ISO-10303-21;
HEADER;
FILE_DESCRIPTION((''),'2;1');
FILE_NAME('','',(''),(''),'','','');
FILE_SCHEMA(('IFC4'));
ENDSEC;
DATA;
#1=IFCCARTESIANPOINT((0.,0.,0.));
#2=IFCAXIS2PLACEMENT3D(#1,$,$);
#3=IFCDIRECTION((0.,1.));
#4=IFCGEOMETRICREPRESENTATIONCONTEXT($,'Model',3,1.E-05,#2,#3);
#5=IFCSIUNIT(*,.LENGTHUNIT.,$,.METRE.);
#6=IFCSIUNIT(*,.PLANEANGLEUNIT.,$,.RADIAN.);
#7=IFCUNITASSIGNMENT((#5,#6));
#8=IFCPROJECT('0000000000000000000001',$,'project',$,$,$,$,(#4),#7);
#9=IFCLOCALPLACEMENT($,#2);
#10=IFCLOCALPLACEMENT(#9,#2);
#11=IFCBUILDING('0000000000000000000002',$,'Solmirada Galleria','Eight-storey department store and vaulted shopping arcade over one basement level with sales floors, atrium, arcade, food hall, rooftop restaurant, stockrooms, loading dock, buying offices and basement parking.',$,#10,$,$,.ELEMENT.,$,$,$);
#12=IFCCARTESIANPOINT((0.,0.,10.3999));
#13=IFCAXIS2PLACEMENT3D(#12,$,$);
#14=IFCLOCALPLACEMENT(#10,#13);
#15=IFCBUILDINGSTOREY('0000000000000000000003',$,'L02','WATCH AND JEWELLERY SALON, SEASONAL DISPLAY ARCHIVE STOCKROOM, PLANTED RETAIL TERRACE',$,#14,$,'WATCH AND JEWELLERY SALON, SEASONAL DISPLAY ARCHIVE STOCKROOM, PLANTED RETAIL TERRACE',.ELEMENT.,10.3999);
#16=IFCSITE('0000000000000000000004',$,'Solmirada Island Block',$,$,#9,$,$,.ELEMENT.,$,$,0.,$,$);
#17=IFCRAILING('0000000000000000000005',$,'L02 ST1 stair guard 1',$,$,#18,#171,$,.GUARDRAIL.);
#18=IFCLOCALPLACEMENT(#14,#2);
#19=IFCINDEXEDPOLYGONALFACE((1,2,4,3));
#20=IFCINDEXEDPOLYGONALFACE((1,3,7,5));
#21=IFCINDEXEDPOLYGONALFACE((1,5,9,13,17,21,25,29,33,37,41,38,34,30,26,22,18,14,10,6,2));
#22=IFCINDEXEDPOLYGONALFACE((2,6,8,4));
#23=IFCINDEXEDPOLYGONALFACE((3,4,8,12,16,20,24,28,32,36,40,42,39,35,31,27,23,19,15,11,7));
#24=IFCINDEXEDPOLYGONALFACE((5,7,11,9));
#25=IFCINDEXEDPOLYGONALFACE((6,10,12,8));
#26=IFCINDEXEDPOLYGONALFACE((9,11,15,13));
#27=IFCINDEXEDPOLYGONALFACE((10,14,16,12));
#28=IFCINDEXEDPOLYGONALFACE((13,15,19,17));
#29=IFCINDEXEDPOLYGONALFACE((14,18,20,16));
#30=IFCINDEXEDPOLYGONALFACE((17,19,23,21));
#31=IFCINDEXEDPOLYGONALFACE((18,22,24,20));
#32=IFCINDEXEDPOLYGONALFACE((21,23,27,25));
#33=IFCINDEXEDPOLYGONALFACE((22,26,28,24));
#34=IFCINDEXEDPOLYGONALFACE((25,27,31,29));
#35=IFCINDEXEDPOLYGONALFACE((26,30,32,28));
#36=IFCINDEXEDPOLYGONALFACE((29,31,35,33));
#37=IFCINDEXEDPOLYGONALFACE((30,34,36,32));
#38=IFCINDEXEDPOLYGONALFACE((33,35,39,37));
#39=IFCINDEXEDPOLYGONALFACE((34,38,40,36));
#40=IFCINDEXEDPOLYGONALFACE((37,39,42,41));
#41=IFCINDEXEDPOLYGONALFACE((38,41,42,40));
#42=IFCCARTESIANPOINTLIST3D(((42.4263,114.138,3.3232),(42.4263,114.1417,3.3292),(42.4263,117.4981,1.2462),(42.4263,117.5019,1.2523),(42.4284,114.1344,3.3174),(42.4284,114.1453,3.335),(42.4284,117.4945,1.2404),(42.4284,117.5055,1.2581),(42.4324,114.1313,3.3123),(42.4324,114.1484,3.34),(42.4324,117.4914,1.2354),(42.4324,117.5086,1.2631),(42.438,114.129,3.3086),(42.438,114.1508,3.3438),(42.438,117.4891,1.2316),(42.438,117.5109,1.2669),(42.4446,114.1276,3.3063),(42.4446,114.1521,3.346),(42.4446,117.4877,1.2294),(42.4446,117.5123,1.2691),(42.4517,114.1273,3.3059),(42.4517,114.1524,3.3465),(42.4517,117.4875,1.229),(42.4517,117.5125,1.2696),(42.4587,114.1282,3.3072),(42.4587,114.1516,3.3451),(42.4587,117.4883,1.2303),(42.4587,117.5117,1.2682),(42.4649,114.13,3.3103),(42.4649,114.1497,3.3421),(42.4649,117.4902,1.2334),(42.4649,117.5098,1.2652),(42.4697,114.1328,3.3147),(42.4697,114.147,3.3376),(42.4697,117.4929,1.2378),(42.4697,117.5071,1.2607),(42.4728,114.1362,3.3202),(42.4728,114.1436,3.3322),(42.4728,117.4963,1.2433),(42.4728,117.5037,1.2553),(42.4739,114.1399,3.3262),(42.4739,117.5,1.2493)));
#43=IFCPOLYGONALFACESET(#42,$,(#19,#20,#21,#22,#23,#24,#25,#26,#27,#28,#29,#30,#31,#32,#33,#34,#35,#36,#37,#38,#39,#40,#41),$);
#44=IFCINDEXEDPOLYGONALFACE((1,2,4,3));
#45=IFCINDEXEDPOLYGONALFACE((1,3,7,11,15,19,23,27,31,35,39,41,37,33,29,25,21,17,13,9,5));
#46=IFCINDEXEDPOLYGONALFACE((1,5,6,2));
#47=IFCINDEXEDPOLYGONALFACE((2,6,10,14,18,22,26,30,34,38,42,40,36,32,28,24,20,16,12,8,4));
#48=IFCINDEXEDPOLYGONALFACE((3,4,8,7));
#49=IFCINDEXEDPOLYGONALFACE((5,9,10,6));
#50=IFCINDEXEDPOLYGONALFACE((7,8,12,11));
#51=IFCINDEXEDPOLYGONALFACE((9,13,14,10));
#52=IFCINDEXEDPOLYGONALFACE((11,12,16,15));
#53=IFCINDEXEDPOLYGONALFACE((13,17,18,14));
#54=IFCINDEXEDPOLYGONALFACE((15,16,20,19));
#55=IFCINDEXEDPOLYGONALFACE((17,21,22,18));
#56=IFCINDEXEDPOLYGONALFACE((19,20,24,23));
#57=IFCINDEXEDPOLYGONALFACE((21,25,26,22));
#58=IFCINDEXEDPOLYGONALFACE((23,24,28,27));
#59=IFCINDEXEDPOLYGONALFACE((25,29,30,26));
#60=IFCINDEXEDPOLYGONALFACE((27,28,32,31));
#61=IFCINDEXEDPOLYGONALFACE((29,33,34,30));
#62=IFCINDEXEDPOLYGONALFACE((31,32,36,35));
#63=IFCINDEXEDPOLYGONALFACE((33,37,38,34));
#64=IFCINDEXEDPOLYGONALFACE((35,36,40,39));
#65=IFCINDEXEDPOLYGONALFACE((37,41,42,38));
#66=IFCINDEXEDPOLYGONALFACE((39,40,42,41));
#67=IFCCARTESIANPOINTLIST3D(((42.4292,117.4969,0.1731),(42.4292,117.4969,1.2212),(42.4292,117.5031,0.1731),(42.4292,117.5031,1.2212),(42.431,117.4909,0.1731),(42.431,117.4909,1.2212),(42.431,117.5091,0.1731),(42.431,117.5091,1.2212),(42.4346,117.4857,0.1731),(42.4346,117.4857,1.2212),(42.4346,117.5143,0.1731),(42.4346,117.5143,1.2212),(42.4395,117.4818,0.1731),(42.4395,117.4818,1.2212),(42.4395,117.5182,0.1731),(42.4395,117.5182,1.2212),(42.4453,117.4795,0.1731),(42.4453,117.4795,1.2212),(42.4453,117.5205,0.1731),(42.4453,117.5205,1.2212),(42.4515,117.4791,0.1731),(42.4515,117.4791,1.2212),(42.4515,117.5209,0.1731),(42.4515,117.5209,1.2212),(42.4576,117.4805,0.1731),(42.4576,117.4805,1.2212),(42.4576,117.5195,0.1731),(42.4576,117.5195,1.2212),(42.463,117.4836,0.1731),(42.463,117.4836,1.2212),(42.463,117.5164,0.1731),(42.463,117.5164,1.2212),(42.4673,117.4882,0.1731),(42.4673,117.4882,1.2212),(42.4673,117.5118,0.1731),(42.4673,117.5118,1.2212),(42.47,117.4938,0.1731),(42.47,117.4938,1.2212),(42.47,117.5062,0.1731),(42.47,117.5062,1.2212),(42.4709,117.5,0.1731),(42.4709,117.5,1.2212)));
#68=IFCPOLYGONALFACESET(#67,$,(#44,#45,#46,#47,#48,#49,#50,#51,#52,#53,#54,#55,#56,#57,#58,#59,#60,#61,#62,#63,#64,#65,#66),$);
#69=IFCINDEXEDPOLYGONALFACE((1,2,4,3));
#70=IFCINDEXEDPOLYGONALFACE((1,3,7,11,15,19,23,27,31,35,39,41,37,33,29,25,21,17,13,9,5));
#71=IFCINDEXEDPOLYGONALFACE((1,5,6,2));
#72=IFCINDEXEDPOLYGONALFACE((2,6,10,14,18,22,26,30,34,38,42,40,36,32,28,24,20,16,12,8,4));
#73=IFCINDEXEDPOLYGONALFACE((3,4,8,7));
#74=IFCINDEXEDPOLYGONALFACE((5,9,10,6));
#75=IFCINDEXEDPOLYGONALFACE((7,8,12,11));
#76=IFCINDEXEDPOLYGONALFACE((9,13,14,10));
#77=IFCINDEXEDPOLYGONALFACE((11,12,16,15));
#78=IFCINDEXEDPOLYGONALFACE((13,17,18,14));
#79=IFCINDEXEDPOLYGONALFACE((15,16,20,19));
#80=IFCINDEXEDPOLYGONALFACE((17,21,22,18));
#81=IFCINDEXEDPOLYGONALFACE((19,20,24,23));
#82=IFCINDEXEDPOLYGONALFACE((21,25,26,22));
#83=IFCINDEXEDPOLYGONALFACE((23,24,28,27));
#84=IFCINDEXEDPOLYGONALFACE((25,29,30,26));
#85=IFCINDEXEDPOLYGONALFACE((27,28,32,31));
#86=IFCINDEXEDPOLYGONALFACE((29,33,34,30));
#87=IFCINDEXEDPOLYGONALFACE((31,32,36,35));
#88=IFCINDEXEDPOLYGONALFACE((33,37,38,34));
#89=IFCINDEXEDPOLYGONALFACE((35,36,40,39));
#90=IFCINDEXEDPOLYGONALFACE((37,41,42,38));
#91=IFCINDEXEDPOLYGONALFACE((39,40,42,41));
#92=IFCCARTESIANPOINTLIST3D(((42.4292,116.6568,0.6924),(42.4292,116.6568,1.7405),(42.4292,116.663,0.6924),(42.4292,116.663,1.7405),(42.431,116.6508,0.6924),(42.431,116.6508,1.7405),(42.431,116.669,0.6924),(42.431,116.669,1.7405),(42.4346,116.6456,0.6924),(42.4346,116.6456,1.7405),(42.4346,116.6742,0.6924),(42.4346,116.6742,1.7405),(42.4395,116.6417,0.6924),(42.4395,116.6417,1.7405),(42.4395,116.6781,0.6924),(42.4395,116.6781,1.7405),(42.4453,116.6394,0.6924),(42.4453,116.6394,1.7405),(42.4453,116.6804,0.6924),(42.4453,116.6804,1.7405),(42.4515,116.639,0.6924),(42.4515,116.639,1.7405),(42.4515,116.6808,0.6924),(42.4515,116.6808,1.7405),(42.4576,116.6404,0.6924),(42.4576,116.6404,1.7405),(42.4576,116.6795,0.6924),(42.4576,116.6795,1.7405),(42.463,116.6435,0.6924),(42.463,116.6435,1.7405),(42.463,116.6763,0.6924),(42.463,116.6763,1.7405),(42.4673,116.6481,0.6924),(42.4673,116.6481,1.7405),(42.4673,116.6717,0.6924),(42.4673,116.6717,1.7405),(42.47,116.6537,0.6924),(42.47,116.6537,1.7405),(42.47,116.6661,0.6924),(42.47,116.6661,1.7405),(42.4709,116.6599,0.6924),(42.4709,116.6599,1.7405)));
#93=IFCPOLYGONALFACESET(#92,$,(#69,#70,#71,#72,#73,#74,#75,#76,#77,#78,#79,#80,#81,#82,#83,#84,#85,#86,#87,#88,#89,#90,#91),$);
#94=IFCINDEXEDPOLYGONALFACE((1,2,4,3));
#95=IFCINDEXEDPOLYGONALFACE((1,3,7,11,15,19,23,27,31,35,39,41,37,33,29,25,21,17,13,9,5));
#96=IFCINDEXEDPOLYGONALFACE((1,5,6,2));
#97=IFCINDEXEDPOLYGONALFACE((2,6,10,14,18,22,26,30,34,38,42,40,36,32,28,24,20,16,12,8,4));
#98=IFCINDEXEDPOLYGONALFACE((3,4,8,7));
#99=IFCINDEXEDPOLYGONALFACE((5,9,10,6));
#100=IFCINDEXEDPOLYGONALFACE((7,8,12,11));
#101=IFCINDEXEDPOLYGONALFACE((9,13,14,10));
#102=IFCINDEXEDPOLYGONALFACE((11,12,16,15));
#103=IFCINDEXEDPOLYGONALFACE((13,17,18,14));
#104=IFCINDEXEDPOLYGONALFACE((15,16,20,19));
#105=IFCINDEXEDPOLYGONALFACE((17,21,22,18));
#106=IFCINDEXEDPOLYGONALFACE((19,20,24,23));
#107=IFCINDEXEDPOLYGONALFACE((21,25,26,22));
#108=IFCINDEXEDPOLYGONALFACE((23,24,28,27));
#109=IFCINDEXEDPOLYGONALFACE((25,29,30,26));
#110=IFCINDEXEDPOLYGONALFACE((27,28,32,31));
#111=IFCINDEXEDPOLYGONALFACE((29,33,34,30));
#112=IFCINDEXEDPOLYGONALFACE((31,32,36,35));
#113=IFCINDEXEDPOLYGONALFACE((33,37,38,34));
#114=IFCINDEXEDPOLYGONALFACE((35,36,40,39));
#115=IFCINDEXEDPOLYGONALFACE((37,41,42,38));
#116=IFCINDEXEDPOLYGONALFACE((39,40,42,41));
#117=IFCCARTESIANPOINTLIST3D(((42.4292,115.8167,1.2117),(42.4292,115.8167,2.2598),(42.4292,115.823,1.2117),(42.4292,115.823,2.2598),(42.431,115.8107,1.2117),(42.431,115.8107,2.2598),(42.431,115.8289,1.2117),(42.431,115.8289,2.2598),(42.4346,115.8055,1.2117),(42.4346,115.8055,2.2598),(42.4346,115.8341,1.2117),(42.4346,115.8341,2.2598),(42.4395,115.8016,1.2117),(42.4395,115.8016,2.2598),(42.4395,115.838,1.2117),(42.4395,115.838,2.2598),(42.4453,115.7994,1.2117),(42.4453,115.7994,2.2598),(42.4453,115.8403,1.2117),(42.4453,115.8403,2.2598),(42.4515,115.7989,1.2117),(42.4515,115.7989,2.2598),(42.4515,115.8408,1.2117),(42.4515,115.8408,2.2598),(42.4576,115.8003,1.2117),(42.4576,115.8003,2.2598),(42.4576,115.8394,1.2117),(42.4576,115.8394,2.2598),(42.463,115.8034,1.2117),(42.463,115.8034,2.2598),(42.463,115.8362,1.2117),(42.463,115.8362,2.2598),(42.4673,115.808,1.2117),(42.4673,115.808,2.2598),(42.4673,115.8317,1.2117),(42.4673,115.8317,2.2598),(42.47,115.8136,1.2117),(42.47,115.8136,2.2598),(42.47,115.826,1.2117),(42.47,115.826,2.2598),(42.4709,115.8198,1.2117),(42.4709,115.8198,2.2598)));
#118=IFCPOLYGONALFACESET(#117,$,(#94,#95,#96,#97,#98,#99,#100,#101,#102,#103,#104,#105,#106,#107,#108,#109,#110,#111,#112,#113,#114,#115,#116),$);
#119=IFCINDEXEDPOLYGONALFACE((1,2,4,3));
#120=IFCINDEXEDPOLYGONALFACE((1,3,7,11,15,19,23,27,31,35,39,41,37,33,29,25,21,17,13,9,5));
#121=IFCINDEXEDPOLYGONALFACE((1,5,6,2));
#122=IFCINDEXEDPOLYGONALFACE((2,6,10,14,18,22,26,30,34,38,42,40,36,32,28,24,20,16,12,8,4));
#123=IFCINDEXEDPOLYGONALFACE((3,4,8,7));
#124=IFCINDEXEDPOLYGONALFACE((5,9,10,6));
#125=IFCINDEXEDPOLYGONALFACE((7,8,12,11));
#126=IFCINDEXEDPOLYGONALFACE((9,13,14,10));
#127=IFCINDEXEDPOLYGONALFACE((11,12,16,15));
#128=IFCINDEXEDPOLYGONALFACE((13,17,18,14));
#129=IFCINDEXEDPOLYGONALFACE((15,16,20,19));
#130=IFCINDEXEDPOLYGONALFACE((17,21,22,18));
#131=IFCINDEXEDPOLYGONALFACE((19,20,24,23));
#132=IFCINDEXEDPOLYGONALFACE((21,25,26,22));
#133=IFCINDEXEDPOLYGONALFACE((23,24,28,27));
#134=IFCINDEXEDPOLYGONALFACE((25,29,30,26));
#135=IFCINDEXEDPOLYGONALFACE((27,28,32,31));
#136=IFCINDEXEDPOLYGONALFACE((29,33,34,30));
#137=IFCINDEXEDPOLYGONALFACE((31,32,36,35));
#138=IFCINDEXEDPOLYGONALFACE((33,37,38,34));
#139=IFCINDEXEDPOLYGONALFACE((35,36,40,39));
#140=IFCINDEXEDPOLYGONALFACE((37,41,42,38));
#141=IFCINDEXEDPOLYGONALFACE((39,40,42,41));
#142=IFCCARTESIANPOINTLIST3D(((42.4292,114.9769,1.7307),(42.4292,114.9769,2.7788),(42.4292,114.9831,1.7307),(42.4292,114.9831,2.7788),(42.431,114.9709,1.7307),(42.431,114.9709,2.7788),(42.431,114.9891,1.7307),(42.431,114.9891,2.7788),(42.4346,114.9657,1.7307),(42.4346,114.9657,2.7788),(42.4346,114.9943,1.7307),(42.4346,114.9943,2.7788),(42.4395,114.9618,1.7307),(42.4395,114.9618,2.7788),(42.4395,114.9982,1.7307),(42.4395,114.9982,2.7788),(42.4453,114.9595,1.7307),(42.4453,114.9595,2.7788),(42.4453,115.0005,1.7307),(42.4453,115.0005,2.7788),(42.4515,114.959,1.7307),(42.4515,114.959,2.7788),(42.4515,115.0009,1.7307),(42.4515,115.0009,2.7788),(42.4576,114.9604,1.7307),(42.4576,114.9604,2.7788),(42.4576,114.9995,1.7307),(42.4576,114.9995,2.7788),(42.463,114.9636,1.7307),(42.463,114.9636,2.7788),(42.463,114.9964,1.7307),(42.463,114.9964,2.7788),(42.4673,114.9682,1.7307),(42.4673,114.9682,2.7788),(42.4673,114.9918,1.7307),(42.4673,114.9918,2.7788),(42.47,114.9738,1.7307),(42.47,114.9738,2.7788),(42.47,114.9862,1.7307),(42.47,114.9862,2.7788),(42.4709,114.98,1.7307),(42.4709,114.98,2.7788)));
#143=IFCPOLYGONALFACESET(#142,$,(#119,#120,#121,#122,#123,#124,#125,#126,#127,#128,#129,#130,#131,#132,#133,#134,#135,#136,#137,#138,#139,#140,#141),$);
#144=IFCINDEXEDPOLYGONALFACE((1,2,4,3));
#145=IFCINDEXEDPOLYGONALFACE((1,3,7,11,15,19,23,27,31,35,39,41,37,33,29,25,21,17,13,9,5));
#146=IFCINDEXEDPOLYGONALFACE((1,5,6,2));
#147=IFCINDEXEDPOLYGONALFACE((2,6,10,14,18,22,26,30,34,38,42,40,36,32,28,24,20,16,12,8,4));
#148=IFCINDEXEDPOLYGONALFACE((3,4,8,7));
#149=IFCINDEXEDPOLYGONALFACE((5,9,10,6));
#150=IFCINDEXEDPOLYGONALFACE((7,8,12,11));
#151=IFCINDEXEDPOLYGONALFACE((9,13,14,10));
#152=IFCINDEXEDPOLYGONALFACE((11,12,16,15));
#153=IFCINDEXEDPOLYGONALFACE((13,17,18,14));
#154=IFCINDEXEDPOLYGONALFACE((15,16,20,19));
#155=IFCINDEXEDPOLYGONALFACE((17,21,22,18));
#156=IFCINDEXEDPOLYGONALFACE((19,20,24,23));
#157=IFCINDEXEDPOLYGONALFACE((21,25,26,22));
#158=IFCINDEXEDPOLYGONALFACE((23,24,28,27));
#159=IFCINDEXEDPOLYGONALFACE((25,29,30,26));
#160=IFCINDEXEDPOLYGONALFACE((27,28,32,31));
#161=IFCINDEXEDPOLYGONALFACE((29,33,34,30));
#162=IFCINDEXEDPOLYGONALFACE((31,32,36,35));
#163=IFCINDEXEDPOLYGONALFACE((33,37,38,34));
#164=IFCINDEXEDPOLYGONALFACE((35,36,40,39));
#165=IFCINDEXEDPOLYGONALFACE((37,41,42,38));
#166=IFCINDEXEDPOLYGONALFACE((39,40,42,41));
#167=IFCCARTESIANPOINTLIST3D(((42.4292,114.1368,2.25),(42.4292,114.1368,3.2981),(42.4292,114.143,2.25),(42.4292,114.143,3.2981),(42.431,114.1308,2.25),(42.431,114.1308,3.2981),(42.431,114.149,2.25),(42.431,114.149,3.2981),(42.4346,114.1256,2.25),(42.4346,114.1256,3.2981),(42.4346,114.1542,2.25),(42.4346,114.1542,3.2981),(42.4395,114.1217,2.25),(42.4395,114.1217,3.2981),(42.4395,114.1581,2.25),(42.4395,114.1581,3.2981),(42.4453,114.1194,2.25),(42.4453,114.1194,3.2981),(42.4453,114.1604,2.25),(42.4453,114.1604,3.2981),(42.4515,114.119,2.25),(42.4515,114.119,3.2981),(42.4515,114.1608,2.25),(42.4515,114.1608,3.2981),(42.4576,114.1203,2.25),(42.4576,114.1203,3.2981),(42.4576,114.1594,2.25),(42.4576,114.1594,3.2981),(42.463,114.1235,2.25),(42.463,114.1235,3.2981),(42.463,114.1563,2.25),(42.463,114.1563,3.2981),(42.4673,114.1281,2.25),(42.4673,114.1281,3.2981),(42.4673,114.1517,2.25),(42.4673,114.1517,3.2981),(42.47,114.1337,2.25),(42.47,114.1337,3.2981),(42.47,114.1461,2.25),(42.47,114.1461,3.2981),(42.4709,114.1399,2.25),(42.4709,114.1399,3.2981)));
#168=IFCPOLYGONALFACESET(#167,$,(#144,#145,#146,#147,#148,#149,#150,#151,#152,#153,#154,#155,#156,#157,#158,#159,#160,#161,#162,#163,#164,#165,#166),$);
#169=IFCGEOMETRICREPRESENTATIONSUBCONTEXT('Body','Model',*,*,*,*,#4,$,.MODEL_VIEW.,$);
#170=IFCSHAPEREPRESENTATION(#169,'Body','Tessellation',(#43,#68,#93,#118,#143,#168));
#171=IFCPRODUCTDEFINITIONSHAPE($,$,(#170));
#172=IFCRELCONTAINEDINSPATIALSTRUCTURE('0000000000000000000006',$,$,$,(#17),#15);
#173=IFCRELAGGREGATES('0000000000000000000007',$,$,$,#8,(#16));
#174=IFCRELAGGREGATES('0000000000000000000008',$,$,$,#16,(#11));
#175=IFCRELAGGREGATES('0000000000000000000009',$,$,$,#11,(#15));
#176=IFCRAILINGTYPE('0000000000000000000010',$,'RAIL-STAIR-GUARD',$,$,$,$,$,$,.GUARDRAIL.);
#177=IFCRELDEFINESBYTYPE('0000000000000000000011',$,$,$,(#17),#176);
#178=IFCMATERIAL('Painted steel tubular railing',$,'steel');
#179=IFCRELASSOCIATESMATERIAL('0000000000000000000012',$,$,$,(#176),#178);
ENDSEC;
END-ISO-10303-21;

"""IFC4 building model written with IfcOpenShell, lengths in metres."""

from ifc_helpers import new_model, si_unit, direction, frame, origin, origin_2d, place, context, subcontext, project, spatial, circle, extrude, material, type_object, element, save


model = new_model("IFC4")

# Units and contexts
model_context = context("Model", 3, precision=1e-05, world=origin(), true_north=direction((0.0, 1.0)))
body_context = subcontext(model_context, "Body", "Model", "MODEL_VIEW")
ifc_project = project(units=[si_unit("LENGTHUNIT", "METRE"), si_unit("PLANEANGLEUNIT", "RADIAN")], contexts=[model_context])

# Site, building, storey
site_placement = place(None, origin())
site = spatial("IfcSite", under=ifc_project, at=site_placement, Name="Solmirada Island Block", CompositionType="ELEMENT", RefElevation=0.0)
building_placement = place(site_placement, origin())
building = spatial("IfcBuilding", under=site, at=building_placement, Name="Solmirada Galleria", Description="Eight-storey department store and vaulted shopping arcade over one basement level with sales floors, atrium, arcade, food hall, rooftop restaurant, stockrooms, loading dock, buying offices and basement parking.", CompositionType="ELEMENT")
storey_placement = place(building_placement, frame((0.0, 0.0, 10.3999)))
storey = spatial("IfcBuildingStorey", under=building, at=storey_placement, Name="L02", Description="WATCH AND JEWELLERY SALON, SEASONAL DISPLAY ARCHIVE STOCKROOM, PLANTED RETAIL TERRACE", LongName="WATCH AND JEWELLERY SALON, SEASONAL DISPLAY ARCHIVE STOCKROOM, PLANTED RETAIL TERRACE", CompositionType="ELEMENT", Elevation=10.3999)

# Railing
ifc_material_1 = material(Name="Painted steel tubular railing", Category="steel")
railing_type_1 = type_object("IfcRailingType", Name="RAIL-STAIR-GUARD", PredefinedType="GUARDRAIL", material=ifc_material_1)
railing_1_placement = place(storey_placement, frame((42.45, 117.5, 0.1731)))
element("IfcRailing", 1, at=railing_1_placement, inside=storey, type_object=railing_type_1, Name="L02 ST1 stair guard 1", PredefinedType="GUARDRAIL", context=body_context, shape_type="SweptSolid", body=[
    extrude(circle(Radius=0.0239, at=origin_2d()), frame((0.0, 0.0, 1.0762), z_axis=(0.0, -0.850623, 0.525776), x_axis=(1.0, 0.0, 0.0)), (0.0, 0.0, 1.0), 3.9502),
    extrude(circle(Radius=0.021, at=origin_2d()), origin(), (0.0, 0.0, 1.0), 1.0481),
    extrude(circle(Radius=0.021, at=origin_2d()), frame((0.0, -0.8401, 0.5193)), (0.0, 0.0, 1.0), 1.0481),
    extrude(circle(Radius=0.021, at=origin_2d()), frame((0.0, -1.6802, 1.0386)), (0.0, 0.0, 1.0), 1.0481),
    extrude(circle(Radius=0.021, at=origin_2d()), frame((0.0, -2.52, 1.5576)), (0.0, 0.0, 1.0), 1.0481),
    extrude(circle(Radius=0.021, at=origin_2d()), frame((0.0, -3.3601, 2.0769)), (0.0, 0.0, 1.0), 1.0481),
])

save(model, "model.ifc")
